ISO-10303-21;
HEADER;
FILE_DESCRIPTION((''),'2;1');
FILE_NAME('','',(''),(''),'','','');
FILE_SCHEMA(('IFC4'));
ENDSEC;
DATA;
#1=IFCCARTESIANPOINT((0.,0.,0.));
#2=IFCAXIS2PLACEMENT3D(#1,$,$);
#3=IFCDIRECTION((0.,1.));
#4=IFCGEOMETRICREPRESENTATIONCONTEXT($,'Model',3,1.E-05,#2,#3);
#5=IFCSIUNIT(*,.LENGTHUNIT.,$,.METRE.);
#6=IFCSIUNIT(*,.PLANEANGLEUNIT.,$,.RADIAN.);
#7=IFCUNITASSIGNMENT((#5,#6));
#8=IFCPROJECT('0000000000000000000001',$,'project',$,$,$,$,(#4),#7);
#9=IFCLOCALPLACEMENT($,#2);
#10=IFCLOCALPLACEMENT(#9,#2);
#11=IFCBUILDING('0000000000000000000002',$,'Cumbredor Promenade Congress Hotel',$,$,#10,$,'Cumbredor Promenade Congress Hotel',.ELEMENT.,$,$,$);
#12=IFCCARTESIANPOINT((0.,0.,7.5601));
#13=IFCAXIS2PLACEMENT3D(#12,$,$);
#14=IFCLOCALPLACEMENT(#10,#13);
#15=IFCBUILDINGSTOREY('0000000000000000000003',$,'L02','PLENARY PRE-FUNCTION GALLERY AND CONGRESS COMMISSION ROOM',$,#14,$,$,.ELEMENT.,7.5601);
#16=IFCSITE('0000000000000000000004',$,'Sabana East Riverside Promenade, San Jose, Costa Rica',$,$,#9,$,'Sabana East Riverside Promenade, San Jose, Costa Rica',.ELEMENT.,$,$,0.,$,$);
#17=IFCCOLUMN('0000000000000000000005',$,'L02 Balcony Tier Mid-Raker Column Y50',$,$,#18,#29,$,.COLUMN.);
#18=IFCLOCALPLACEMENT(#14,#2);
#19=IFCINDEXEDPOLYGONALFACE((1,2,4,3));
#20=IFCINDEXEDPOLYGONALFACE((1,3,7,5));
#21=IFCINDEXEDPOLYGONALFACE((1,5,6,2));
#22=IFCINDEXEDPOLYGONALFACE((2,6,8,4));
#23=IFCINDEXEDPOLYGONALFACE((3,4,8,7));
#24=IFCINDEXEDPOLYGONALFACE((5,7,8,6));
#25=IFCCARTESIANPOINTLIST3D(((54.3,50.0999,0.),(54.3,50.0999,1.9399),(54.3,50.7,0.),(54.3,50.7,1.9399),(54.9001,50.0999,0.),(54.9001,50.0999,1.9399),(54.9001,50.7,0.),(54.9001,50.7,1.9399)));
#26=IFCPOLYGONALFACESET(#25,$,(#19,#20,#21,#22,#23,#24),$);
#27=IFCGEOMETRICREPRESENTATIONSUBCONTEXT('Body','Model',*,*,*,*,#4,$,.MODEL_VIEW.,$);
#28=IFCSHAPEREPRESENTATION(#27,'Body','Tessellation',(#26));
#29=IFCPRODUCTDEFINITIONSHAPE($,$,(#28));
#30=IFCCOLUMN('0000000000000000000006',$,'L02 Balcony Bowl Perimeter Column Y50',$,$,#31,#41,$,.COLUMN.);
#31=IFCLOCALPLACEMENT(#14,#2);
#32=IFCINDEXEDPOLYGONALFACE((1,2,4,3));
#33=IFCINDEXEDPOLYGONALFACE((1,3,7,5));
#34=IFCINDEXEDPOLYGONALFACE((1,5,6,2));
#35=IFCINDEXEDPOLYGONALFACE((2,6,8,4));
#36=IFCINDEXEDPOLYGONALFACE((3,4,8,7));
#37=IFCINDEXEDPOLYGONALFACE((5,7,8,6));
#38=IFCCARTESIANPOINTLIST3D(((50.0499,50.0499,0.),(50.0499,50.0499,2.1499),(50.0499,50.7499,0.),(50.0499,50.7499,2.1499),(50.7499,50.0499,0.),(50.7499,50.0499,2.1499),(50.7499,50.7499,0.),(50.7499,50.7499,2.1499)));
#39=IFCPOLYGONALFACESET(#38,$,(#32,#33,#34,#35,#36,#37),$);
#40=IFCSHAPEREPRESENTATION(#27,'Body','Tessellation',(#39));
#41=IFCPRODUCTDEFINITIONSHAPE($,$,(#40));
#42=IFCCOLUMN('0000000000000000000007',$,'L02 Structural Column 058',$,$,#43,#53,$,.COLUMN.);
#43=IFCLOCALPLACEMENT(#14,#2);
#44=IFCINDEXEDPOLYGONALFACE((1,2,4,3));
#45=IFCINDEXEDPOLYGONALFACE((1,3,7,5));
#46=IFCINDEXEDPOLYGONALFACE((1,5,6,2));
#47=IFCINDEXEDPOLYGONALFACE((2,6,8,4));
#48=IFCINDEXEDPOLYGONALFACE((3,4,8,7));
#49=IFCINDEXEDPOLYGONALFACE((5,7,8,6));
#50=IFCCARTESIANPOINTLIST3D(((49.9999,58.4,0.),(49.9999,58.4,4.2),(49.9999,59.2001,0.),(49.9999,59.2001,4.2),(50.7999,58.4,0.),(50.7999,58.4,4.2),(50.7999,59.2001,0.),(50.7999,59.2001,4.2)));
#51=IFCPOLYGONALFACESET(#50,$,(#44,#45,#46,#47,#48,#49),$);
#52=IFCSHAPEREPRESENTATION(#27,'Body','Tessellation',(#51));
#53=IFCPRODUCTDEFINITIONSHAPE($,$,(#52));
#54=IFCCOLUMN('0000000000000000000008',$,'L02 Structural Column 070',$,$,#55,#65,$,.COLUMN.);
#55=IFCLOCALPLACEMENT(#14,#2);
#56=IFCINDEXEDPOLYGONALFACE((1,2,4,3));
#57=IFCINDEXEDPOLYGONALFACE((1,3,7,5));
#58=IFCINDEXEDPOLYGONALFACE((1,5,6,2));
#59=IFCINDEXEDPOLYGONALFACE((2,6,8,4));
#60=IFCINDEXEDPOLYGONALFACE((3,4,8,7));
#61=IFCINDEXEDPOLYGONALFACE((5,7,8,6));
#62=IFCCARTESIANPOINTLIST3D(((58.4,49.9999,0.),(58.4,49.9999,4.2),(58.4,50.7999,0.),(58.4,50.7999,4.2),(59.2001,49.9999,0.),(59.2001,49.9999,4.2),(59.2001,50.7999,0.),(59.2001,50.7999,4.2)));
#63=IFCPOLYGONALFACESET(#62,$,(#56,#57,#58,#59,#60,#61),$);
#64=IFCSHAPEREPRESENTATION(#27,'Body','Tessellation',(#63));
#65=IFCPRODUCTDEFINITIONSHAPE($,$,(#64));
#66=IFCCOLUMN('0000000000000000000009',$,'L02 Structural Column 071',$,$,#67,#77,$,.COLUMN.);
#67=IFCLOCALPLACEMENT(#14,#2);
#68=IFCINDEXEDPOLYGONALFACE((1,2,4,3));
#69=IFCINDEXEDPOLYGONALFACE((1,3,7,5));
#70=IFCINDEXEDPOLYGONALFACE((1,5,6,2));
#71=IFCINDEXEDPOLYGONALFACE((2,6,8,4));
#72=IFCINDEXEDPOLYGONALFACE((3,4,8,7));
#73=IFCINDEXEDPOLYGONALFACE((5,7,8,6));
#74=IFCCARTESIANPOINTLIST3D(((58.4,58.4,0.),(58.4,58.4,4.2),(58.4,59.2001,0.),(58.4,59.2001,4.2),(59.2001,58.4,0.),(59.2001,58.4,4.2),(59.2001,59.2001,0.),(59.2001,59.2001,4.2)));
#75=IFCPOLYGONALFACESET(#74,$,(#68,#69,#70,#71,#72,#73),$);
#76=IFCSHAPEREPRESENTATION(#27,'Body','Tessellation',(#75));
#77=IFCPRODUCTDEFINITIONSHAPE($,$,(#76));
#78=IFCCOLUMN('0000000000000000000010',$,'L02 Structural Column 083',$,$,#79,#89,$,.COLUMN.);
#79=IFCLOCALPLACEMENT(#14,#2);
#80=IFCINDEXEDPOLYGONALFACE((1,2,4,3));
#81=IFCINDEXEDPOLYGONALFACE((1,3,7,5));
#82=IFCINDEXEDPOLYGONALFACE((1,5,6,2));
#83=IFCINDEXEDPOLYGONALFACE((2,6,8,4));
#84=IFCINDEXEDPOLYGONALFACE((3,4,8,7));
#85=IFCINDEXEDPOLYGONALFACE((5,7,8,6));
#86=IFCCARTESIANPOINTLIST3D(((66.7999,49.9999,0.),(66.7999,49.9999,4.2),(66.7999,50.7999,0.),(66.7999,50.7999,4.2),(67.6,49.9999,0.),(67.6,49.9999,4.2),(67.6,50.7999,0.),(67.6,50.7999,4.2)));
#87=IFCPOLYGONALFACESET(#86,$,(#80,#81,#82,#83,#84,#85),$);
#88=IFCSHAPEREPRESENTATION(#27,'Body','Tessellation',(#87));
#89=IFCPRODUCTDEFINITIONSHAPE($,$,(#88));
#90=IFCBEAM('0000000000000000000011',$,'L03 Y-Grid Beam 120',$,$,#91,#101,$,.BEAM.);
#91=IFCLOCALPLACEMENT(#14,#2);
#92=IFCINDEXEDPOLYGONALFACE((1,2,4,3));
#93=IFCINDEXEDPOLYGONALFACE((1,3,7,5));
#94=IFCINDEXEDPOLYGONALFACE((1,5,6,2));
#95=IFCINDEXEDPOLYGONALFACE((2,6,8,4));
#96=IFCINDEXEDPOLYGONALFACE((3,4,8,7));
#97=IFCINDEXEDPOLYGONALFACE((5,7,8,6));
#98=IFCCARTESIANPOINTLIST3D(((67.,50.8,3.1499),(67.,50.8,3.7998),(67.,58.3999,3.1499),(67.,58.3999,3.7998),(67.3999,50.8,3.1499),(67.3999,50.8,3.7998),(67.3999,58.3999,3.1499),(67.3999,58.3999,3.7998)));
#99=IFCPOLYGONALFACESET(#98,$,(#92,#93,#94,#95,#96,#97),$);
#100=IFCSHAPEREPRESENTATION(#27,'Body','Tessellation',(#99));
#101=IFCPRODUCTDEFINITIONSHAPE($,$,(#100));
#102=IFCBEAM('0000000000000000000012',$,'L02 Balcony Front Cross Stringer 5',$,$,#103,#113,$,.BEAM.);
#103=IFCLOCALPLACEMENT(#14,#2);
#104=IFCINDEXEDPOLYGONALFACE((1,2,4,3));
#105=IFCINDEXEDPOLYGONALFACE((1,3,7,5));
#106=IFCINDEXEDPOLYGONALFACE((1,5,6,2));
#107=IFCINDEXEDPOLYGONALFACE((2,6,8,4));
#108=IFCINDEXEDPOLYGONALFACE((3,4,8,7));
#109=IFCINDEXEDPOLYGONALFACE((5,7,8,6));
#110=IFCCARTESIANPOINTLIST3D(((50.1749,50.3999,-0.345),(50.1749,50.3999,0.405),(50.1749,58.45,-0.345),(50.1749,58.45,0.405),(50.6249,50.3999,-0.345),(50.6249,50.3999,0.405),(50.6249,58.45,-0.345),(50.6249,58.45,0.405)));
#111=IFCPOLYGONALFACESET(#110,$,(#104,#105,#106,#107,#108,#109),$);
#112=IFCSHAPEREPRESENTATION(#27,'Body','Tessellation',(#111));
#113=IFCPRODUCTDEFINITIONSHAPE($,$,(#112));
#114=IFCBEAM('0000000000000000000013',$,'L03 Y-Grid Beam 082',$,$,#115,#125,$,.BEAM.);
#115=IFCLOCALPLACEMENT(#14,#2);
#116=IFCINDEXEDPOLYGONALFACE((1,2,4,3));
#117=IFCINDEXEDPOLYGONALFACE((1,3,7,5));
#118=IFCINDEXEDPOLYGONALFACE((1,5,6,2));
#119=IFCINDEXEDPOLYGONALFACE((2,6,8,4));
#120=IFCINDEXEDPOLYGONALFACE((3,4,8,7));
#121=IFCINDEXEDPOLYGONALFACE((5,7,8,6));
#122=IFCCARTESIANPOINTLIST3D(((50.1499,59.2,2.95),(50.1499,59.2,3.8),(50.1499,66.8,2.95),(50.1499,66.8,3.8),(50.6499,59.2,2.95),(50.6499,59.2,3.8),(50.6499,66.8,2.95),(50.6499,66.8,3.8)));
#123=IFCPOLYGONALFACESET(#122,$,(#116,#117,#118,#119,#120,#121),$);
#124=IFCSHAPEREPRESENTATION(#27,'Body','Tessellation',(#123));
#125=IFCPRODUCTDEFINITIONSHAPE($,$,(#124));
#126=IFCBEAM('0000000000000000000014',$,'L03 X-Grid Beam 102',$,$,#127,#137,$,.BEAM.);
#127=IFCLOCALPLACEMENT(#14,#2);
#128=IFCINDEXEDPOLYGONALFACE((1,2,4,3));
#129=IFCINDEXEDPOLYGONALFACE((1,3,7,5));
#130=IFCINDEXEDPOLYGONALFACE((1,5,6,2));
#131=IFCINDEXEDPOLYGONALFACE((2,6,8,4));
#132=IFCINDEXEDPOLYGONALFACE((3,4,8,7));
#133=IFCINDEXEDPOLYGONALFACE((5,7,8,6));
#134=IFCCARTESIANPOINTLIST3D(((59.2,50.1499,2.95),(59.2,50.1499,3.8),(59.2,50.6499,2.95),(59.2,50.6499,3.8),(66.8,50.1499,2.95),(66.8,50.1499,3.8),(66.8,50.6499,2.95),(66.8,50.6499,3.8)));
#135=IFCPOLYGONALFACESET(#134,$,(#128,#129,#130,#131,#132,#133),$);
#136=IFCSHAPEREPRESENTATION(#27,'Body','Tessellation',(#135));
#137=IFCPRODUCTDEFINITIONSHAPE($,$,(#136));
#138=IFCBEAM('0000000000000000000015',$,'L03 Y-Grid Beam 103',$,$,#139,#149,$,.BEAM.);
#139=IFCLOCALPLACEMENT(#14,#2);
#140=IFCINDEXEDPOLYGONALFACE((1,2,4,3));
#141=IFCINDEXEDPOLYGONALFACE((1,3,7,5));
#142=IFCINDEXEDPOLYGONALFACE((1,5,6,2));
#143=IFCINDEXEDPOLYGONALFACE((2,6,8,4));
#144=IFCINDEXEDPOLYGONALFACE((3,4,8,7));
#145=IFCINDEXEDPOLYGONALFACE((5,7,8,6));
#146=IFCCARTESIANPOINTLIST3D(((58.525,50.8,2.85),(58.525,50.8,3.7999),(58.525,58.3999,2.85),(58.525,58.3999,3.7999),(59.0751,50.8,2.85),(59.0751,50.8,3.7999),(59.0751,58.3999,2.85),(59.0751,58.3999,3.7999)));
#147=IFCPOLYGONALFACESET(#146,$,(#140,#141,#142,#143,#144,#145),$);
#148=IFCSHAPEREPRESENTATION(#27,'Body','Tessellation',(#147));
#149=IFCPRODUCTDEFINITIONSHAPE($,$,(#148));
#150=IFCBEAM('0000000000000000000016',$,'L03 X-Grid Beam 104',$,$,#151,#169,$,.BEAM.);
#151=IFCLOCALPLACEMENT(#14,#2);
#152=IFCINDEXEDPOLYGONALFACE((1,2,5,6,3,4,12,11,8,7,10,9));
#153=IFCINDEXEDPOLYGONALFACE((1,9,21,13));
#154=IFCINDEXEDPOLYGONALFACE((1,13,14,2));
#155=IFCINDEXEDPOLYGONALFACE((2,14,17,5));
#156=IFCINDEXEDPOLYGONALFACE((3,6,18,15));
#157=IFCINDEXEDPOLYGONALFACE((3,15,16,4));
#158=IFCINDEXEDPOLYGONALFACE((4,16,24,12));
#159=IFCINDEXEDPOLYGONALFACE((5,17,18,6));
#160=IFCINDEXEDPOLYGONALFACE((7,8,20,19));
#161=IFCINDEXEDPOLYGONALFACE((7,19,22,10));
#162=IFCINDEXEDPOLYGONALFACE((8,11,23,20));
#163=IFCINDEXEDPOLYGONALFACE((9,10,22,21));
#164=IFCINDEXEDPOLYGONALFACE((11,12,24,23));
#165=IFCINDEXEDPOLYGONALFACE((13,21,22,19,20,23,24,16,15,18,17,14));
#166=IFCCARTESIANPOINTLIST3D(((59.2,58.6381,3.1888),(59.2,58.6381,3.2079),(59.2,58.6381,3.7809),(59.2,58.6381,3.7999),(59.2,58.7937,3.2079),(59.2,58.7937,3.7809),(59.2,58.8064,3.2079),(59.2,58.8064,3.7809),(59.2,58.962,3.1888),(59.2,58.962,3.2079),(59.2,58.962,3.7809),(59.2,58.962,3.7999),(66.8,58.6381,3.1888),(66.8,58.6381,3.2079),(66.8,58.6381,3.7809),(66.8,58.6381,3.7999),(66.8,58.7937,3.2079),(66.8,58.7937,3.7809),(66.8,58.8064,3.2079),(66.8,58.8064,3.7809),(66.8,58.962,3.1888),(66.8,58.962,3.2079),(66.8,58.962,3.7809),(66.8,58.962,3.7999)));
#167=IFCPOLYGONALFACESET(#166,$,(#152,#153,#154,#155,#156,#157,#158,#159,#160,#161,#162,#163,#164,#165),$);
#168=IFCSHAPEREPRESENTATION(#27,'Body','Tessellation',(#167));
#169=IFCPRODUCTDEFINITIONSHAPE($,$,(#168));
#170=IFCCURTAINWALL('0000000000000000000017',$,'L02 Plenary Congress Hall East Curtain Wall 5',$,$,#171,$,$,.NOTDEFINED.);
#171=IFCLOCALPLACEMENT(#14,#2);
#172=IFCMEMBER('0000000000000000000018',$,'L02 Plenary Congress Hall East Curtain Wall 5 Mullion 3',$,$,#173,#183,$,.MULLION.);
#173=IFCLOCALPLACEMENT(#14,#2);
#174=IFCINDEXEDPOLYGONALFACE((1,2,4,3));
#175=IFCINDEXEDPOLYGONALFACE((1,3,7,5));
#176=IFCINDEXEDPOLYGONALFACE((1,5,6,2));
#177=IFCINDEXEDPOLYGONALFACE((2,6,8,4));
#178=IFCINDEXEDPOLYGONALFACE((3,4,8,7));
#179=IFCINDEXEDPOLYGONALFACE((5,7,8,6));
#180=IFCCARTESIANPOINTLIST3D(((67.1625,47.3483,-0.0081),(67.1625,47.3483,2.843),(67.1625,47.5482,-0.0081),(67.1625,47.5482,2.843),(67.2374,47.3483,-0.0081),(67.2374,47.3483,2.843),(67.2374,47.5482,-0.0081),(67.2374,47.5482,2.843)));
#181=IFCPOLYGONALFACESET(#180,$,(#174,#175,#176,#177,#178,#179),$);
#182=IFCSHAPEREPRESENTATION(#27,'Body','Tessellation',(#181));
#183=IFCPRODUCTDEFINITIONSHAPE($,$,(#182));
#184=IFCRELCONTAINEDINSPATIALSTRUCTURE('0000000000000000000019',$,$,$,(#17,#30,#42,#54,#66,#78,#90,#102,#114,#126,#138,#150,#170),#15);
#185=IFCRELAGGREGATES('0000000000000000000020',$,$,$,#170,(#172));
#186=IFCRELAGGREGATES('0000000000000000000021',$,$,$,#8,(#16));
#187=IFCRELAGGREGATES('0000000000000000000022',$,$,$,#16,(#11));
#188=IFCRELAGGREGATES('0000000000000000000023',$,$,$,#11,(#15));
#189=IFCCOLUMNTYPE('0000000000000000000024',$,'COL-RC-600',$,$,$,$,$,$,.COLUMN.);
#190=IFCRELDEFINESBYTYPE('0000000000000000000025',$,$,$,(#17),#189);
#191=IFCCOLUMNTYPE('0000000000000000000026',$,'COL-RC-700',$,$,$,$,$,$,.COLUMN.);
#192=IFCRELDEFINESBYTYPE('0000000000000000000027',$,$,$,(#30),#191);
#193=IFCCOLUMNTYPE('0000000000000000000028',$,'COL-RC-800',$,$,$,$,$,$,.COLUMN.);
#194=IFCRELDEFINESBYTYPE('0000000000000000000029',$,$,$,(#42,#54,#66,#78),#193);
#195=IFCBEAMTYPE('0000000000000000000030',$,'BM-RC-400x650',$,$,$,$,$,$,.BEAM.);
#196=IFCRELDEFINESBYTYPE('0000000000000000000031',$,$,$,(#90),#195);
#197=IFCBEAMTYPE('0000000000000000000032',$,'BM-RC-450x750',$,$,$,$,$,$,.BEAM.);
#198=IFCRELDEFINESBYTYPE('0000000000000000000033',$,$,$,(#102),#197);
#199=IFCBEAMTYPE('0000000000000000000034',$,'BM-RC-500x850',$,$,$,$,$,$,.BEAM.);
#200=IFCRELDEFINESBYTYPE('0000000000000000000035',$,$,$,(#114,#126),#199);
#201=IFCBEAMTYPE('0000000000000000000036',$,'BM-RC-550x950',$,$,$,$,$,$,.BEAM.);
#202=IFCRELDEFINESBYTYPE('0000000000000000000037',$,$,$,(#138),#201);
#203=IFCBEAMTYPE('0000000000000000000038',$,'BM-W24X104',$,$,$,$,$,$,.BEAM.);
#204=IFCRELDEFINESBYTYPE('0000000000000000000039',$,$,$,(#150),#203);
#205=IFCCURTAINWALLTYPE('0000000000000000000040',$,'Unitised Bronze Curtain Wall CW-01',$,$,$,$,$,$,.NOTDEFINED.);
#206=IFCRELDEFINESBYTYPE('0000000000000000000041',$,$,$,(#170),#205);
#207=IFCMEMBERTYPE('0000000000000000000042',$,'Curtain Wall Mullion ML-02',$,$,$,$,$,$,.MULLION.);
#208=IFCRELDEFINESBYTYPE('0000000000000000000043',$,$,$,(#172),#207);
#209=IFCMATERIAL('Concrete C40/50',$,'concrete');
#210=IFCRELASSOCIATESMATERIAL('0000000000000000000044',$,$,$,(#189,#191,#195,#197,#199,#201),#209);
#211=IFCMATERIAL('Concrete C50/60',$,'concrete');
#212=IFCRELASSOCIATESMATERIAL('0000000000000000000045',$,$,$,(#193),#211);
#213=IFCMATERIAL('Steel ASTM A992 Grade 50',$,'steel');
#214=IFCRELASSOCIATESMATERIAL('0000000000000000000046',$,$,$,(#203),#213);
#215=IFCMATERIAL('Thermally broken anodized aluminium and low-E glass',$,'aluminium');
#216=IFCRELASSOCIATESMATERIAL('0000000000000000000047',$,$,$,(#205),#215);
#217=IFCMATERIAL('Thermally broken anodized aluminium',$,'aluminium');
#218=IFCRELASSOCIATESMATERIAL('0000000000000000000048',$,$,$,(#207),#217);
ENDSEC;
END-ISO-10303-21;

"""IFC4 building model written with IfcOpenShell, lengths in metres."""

from ifc_helpers import new_model, si_unit, direction, frame, origin, origin_2d, place, context, subcontext, project, spatial, rectangle, i_section, extrude, material, material_profile, profile_set, type_object, element, aggregate, save


model = new_model("IFC4")

# Units and contexts
model_context = context("Model", 3, precision=1e-05, world=origin(), true_north=direction((0.0, 1.0)))
body_context = subcontext(model_context, "Body", "Model", "MODEL_VIEW")
ifc_project = project(units=[si_unit("LENGTHUNIT", "METRE"), si_unit("PLANEANGLEUNIT", "RADIAN")], contexts=[model_context])

# Site, building, storey
site_placement = place(None, origin())
site = spatial("IfcSite", under=ifc_project, at=site_placement, Name="Sabana East Riverside Promenade, San Jose, Costa Rica", LongName="Sabana East Riverside Promenade, San Jose, Costa Rica", CompositionType="ELEMENT", RefElevation=0.0)
building_placement = place(site_placement, origin())
building = spatial("IfcBuilding", under=site, at=building_placement, Name="Cumbredor Promenade Congress Hotel", LongName="Cumbredor Promenade Congress Hotel", CompositionType="ELEMENT")
storey_placement = place(building_placement, frame((0.0, 0.0, 7.5601)))
storey = spatial("IfcBuildingStorey", under=building, at=storey_placement, Name="L02", Description="PLENARY PRE-FUNCTION GALLERY AND CONGRESS COMMISSION ROOM", CompositionType="ELEMENT", Elevation=7.5601)

# Columns
ifc_material_1 = material(Name="Concrete C40/50", Category="concrete")
ifc_material_profile_1 = material_profile(ifc_material_1, rectangle(XDim=0.6001, YDim=0.6001, at=origin_2d()), Name="RC 600x600")
ifc_profile_set_1 = profile_set([ifc_material_profile_1], Name="Concrete C40/50")
column_type_1 = type_object("IfcColumnType", Name="COL-RC-600", PredefinedType="COLUMN", material=ifc_profile_set_1)
column_1_placement = place(storey_placement, frame((54.6001, 50.3999, 0.0), z_axis=(0.0, 0.0, 1.0), x_axis=(1.0, 0.0, 0.0)))
element("IfcColumn", 1, at=column_1_placement, inside=storey, type_object=column_type_1, Name="L02 Balcony Tier Mid-Raker Column Y50", PredefinedType="COLUMN", context=body_context, shape_type="SweptSolid", body=[
    extrude(rectangle(XDim=0.6001, YDim=0.6001, at=origin_2d()), origin(), (0.0, 0.0, 1.0), 1.9399),
])
ifc_material_profile_2 = material_profile(ifc_material_1, rectangle(XDim=0.7, YDim=0.7, at=origin_2d()), Name="RC 700x700")
ifc_profile_set_2 = profile_set([ifc_material_profile_2], Name="Concrete C40/50")
column_type_2 = type_object("IfcColumnType", Name="COL-RC-700", PredefinedType="COLUMN", material=ifc_profile_set_2)
column_2_placement = place(storey_placement, frame((50.3999, 50.3999, 0.0), z_axis=(0.0, 0.0, 1.0), x_axis=(1.0, 0.0, 0.0)))
element("IfcColumn", 2, at=column_2_placement, inside=storey, type_object=column_type_2, Name="L02 Balcony Bowl Perimeter Column Y50", PredefinedType="COLUMN", context=body_context, shape_type="SweptSolid", body=[
    extrude(rectangle(XDim=0.7, YDim=0.7, at=origin_2d()), origin(), (0.0, 0.0, 1.0), 2.1499),
])
ifc_material_2 = material(Name="Concrete C50/60", Category="concrete")
ifc_material_profile_3 = material_profile(ifc_material_2, rectangle(XDim=0.8, YDim=0.8, at=origin_2d()), Name="RC 800x800")
ifc_profile_set_3 = profile_set([ifc_material_profile_3], Name="Concrete C50/60")
column_type_3 = type_object("IfcColumnType", Name="COL-RC-800", PredefinedType="COLUMN", material=ifc_profile_set_3)
for number, where, z_axis, x_axis, name in (
    (3, (50.3999, 58.8, 0.0), (0.0, 0.0, 1.0), (1.0, 0.0, 0.0), "L02 Structural Column 058"),
    (4, (58.8, 50.3999, 0.0), (0.0, 0.0, 1.0), (1.0, 0.0, 0.0), "L02 Structural Column 070"),
    (5, (58.8, 58.8, 0.0), (0.0, 0.0, 1.0), (1.0, 0.0, 0.0), "L02 Structural Column 071"),
    (6, (67.2, 50.3999, 0.0), (0.0, 0.0, 1.0), (1.0, 0.0, 0.0), "L02 Structural Column 083"),
):
    element("IfcColumn", number, at=place(storey_placement, frame(where, z_axis=z_axis, x_axis=x_axis)), inside=storey, type_object=column_type_3, Name=name, PredefinedType="COLUMN", context=body_context, shape_type="SweptSolid", body=[
        extrude(rectangle(XDim=0.8, YDim=0.8, at=origin_2d()), origin(), (0.0, 0.0, 1.0), 4.2),
    ])

# Beams
ifc_material_profile_4 = material_profile(ifc_material_1, rectangle(XDim=0.3999, YDim=0.6499, at=origin_2d()), Name="RC BEAM 400x650")
ifc_profile_set_4 = profile_set([ifc_material_profile_4], Name="Concrete C40/50")
beam_type_1 = type_object("IfcBeamType", Name="BM-RC-400x650", PredefinedType="BEAM", material=ifc_profile_set_4)
beam_1_placement = place(storey_placement, frame((67.2, 50.8, 3.4749), z_axis=(0.0, 1.0, 0.0), x_axis=(-1.0, 0.0, 0.0)))
element("IfcBeam", 7, at=beam_1_placement, inside=storey, type_object=beam_type_1, Name="L03 Y-Grid Beam 120", PredefinedType="BEAM", context=body_context, shape_type="SweptSolid", body=[
    extrude(rectangle(XDim=0.3999, YDim=0.6499, at=origin_2d()), origin(), (0.0, 0.0, 1.0), 7.5999),
])
ifc_material_profile_5 = material_profile(ifc_material_1, rectangle(XDim=0.45, YDim=0.75, at=origin_2d()), Name="RC BEAM 450x750")
ifc_profile_set_5 = profile_set([ifc_material_profile_5], Name="Concrete C40/50")
beam_type_2 = type_object("IfcBeamType", Name="BM-RC-450x750", PredefinedType="BEAM", material=ifc_profile_set_5)
beam_2_placement = place(storey_placement, frame((50.3999, 50.3999, 0.03), z_axis=(0.0, 1.0, 0.0), x_axis=(-1.0, 0.0, 0.0)))
element("IfcBeam", 8, at=beam_2_placement, inside=storey, type_object=beam_type_2, Name="L02 Balcony Front Cross Stringer 5", PredefinedType="BEAM", context=body_context, shape_type="SweptSolid", body=[
    extrude(rectangle(XDim=0.45, YDim=0.75, at=origin_2d()), origin(), (0.0, 0.0, 1.0), 8.05),
])
ifc_material_profile_6 = material_profile(ifc_material_1, rectangle(XDim=0.5, YDim=0.8501, at=origin_2d()), Name="RC BEAM 500x850")
ifc_profile_set_6 = profile_set([ifc_material_profile_6], Name="Concrete C40/50")
beam_type_3 = type_object("IfcBeamType", Name="BM-RC-500x850", PredefinedType="BEAM", material=ifc_profile_set_6)
for number, where, z_axis, x_axis, name in (
    (9, (50.3999, 59.2, 3.375), (0.0, 1.0, 0.0), (-1.0, 0.0, 0.0), "L03 Y-Grid Beam 082"),
    (10, (59.2, 50.3999, 3.375), (1.0, 0.0, 0.0), (0.0, 1.0, 0.0), "L03 X-Grid Beam 102"),
):
    element("IfcBeam", number, at=place(storey_placement, frame(where, z_axis=z_axis, x_axis=x_axis)), inside=storey, type_object=beam_type_3, Name=name, PredefinedType="BEAM", context=body_context, shape_type="SweptSolid", body=[
        extrude(rectangle(XDim=0.5, YDim=0.8501, at=origin_2d()), origin(), (0.0, 0.0, 1.0), 7.6001),
    ])
ifc_material_profile_7 = material_profile(ifc_material_1, rectangle(XDim=0.55, YDim=0.95, at=origin_2d()), Name="RC BEAM 550x950")
ifc_profile_set_7 = profile_set([ifc_material_profile_7], Name="Concrete C40/50")
beam_type_4 = type_object("IfcBeamType", Name="BM-RC-550x950", PredefinedType="BEAM", material=ifc_profile_set_7)
beam_3_placement = place(storey_placement, frame((58.8, 50.8, 3.325), z_axis=(0.0, 1.0, 0.0), x_axis=(-1.0, 0.0, 0.0)))
element("IfcBeam", 11, at=beam_3_placement, inside=storey, type_object=beam_type_4, Name="L03 Y-Grid Beam 103", PredefinedType="BEAM", context=body_context, shape_type="SweptSolid", body=[
    extrude(rectangle(XDim=0.55, YDim=0.95, at=origin_2d()), origin(), (0.0, 0.0, 1.0), 7.5999),
])
ifc_material_3 = material(Name="Steel ASTM A992 Grade 50", Category="steel")
ifc_material_profile_8 = material_profile(ifc_material_3, i_section(OverallWidth=0.324, OverallDepth=0.6111, WebThickness=0.0127, FlangeThickness=0.019, at=origin_2d()), Name="W24X104")
ifc_profile_set_8 = profile_set([ifc_material_profile_8], Name="Steel ASTM A992 Grade 50")
beam_type_5 = type_object("IfcBeamType", Name="BM-W24X104", PredefinedType="BEAM", material=ifc_profile_set_8)
beam_4_placement = place(storey_placement, frame((59.2, 58.8, 3.4944), z_axis=(1.0, 0.0, 0.0), x_axis=(0.0, 1.0, 0.0)))
element("IfcBeam", 12, at=beam_4_placement, inside=storey, type_object=beam_type_5, Name="L03 X-Grid Beam 104", PredefinedType="BEAM", context=body_context, shape_type="SweptSolid", body=[
    extrude(i_section(OverallWidth=0.324, OverallDepth=0.6111, WebThickness=0.0127, FlangeThickness=0.019, at=origin_2d()), origin(), (0.0, 0.0, 1.0), 7.6001),
])

# Curtain wall, member
ifc_material_4 = material(Name="Thermally broken anodized aluminium and low-E glass", Category="aluminium")
curtain_wall_type = type_object("IfcCurtainWallType", Name="Unitised Bronze Curtain Wall CW-01", PredefinedType="NOTDEFINED", material=ifc_material_4)
curtain_wall_1_placement = place(storey_placement, origin())
curtain_wall_1 = element("IfcCurtainWall", 13, at=curtain_wall_1_placement, inside=storey, type_object=curtain_wall_type, Name="L02 Plenary Congress Hall East Curtain Wall 5", PredefinedType="NOTDEFINED")
ifc_material_5 = material(Name="Thermally broken anodized aluminium", Category="aluminium")
ifc_material_profile_9 = material_profile(ifc_material_5, rectangle(XDim=0.075, YDim=0.2, at=origin_2d()), Name="ALU MULLION 75x200")
ifc_profile_set_9 = profile_set([ifc_material_profile_9], Name="Thermally broken anodized aluminium")
member_type_1 = type_object("IfcMemberType", Name="Curtain Wall Mullion ML-02", PredefinedType="MULLION", material=ifc_profile_set_9)
member_1_placement = place(storey_placement, frame((67.2, 47.4482, -0.0081), z_axis=(0.0, 0.0, 1.0), x_axis=(1.0, 0.0, 0.0)))
member_1 = element("IfcMember", 14, at=member_1_placement, type_object=member_type_1, Name="L02 Plenary Congress Hall East Curtain Wall 5 Mullion 3", PredefinedType="MULLION", context=body_context, shape_type="SweptSolid", body=[
    extrude(rectangle(XDim=0.075, YDim=0.2, at=origin_2d()), origin(), (0.0, 0.0, 1.0), 2.8511),
])

aggregate(curtain_wall_1, [member_1])

save(model, "model.ifc")
